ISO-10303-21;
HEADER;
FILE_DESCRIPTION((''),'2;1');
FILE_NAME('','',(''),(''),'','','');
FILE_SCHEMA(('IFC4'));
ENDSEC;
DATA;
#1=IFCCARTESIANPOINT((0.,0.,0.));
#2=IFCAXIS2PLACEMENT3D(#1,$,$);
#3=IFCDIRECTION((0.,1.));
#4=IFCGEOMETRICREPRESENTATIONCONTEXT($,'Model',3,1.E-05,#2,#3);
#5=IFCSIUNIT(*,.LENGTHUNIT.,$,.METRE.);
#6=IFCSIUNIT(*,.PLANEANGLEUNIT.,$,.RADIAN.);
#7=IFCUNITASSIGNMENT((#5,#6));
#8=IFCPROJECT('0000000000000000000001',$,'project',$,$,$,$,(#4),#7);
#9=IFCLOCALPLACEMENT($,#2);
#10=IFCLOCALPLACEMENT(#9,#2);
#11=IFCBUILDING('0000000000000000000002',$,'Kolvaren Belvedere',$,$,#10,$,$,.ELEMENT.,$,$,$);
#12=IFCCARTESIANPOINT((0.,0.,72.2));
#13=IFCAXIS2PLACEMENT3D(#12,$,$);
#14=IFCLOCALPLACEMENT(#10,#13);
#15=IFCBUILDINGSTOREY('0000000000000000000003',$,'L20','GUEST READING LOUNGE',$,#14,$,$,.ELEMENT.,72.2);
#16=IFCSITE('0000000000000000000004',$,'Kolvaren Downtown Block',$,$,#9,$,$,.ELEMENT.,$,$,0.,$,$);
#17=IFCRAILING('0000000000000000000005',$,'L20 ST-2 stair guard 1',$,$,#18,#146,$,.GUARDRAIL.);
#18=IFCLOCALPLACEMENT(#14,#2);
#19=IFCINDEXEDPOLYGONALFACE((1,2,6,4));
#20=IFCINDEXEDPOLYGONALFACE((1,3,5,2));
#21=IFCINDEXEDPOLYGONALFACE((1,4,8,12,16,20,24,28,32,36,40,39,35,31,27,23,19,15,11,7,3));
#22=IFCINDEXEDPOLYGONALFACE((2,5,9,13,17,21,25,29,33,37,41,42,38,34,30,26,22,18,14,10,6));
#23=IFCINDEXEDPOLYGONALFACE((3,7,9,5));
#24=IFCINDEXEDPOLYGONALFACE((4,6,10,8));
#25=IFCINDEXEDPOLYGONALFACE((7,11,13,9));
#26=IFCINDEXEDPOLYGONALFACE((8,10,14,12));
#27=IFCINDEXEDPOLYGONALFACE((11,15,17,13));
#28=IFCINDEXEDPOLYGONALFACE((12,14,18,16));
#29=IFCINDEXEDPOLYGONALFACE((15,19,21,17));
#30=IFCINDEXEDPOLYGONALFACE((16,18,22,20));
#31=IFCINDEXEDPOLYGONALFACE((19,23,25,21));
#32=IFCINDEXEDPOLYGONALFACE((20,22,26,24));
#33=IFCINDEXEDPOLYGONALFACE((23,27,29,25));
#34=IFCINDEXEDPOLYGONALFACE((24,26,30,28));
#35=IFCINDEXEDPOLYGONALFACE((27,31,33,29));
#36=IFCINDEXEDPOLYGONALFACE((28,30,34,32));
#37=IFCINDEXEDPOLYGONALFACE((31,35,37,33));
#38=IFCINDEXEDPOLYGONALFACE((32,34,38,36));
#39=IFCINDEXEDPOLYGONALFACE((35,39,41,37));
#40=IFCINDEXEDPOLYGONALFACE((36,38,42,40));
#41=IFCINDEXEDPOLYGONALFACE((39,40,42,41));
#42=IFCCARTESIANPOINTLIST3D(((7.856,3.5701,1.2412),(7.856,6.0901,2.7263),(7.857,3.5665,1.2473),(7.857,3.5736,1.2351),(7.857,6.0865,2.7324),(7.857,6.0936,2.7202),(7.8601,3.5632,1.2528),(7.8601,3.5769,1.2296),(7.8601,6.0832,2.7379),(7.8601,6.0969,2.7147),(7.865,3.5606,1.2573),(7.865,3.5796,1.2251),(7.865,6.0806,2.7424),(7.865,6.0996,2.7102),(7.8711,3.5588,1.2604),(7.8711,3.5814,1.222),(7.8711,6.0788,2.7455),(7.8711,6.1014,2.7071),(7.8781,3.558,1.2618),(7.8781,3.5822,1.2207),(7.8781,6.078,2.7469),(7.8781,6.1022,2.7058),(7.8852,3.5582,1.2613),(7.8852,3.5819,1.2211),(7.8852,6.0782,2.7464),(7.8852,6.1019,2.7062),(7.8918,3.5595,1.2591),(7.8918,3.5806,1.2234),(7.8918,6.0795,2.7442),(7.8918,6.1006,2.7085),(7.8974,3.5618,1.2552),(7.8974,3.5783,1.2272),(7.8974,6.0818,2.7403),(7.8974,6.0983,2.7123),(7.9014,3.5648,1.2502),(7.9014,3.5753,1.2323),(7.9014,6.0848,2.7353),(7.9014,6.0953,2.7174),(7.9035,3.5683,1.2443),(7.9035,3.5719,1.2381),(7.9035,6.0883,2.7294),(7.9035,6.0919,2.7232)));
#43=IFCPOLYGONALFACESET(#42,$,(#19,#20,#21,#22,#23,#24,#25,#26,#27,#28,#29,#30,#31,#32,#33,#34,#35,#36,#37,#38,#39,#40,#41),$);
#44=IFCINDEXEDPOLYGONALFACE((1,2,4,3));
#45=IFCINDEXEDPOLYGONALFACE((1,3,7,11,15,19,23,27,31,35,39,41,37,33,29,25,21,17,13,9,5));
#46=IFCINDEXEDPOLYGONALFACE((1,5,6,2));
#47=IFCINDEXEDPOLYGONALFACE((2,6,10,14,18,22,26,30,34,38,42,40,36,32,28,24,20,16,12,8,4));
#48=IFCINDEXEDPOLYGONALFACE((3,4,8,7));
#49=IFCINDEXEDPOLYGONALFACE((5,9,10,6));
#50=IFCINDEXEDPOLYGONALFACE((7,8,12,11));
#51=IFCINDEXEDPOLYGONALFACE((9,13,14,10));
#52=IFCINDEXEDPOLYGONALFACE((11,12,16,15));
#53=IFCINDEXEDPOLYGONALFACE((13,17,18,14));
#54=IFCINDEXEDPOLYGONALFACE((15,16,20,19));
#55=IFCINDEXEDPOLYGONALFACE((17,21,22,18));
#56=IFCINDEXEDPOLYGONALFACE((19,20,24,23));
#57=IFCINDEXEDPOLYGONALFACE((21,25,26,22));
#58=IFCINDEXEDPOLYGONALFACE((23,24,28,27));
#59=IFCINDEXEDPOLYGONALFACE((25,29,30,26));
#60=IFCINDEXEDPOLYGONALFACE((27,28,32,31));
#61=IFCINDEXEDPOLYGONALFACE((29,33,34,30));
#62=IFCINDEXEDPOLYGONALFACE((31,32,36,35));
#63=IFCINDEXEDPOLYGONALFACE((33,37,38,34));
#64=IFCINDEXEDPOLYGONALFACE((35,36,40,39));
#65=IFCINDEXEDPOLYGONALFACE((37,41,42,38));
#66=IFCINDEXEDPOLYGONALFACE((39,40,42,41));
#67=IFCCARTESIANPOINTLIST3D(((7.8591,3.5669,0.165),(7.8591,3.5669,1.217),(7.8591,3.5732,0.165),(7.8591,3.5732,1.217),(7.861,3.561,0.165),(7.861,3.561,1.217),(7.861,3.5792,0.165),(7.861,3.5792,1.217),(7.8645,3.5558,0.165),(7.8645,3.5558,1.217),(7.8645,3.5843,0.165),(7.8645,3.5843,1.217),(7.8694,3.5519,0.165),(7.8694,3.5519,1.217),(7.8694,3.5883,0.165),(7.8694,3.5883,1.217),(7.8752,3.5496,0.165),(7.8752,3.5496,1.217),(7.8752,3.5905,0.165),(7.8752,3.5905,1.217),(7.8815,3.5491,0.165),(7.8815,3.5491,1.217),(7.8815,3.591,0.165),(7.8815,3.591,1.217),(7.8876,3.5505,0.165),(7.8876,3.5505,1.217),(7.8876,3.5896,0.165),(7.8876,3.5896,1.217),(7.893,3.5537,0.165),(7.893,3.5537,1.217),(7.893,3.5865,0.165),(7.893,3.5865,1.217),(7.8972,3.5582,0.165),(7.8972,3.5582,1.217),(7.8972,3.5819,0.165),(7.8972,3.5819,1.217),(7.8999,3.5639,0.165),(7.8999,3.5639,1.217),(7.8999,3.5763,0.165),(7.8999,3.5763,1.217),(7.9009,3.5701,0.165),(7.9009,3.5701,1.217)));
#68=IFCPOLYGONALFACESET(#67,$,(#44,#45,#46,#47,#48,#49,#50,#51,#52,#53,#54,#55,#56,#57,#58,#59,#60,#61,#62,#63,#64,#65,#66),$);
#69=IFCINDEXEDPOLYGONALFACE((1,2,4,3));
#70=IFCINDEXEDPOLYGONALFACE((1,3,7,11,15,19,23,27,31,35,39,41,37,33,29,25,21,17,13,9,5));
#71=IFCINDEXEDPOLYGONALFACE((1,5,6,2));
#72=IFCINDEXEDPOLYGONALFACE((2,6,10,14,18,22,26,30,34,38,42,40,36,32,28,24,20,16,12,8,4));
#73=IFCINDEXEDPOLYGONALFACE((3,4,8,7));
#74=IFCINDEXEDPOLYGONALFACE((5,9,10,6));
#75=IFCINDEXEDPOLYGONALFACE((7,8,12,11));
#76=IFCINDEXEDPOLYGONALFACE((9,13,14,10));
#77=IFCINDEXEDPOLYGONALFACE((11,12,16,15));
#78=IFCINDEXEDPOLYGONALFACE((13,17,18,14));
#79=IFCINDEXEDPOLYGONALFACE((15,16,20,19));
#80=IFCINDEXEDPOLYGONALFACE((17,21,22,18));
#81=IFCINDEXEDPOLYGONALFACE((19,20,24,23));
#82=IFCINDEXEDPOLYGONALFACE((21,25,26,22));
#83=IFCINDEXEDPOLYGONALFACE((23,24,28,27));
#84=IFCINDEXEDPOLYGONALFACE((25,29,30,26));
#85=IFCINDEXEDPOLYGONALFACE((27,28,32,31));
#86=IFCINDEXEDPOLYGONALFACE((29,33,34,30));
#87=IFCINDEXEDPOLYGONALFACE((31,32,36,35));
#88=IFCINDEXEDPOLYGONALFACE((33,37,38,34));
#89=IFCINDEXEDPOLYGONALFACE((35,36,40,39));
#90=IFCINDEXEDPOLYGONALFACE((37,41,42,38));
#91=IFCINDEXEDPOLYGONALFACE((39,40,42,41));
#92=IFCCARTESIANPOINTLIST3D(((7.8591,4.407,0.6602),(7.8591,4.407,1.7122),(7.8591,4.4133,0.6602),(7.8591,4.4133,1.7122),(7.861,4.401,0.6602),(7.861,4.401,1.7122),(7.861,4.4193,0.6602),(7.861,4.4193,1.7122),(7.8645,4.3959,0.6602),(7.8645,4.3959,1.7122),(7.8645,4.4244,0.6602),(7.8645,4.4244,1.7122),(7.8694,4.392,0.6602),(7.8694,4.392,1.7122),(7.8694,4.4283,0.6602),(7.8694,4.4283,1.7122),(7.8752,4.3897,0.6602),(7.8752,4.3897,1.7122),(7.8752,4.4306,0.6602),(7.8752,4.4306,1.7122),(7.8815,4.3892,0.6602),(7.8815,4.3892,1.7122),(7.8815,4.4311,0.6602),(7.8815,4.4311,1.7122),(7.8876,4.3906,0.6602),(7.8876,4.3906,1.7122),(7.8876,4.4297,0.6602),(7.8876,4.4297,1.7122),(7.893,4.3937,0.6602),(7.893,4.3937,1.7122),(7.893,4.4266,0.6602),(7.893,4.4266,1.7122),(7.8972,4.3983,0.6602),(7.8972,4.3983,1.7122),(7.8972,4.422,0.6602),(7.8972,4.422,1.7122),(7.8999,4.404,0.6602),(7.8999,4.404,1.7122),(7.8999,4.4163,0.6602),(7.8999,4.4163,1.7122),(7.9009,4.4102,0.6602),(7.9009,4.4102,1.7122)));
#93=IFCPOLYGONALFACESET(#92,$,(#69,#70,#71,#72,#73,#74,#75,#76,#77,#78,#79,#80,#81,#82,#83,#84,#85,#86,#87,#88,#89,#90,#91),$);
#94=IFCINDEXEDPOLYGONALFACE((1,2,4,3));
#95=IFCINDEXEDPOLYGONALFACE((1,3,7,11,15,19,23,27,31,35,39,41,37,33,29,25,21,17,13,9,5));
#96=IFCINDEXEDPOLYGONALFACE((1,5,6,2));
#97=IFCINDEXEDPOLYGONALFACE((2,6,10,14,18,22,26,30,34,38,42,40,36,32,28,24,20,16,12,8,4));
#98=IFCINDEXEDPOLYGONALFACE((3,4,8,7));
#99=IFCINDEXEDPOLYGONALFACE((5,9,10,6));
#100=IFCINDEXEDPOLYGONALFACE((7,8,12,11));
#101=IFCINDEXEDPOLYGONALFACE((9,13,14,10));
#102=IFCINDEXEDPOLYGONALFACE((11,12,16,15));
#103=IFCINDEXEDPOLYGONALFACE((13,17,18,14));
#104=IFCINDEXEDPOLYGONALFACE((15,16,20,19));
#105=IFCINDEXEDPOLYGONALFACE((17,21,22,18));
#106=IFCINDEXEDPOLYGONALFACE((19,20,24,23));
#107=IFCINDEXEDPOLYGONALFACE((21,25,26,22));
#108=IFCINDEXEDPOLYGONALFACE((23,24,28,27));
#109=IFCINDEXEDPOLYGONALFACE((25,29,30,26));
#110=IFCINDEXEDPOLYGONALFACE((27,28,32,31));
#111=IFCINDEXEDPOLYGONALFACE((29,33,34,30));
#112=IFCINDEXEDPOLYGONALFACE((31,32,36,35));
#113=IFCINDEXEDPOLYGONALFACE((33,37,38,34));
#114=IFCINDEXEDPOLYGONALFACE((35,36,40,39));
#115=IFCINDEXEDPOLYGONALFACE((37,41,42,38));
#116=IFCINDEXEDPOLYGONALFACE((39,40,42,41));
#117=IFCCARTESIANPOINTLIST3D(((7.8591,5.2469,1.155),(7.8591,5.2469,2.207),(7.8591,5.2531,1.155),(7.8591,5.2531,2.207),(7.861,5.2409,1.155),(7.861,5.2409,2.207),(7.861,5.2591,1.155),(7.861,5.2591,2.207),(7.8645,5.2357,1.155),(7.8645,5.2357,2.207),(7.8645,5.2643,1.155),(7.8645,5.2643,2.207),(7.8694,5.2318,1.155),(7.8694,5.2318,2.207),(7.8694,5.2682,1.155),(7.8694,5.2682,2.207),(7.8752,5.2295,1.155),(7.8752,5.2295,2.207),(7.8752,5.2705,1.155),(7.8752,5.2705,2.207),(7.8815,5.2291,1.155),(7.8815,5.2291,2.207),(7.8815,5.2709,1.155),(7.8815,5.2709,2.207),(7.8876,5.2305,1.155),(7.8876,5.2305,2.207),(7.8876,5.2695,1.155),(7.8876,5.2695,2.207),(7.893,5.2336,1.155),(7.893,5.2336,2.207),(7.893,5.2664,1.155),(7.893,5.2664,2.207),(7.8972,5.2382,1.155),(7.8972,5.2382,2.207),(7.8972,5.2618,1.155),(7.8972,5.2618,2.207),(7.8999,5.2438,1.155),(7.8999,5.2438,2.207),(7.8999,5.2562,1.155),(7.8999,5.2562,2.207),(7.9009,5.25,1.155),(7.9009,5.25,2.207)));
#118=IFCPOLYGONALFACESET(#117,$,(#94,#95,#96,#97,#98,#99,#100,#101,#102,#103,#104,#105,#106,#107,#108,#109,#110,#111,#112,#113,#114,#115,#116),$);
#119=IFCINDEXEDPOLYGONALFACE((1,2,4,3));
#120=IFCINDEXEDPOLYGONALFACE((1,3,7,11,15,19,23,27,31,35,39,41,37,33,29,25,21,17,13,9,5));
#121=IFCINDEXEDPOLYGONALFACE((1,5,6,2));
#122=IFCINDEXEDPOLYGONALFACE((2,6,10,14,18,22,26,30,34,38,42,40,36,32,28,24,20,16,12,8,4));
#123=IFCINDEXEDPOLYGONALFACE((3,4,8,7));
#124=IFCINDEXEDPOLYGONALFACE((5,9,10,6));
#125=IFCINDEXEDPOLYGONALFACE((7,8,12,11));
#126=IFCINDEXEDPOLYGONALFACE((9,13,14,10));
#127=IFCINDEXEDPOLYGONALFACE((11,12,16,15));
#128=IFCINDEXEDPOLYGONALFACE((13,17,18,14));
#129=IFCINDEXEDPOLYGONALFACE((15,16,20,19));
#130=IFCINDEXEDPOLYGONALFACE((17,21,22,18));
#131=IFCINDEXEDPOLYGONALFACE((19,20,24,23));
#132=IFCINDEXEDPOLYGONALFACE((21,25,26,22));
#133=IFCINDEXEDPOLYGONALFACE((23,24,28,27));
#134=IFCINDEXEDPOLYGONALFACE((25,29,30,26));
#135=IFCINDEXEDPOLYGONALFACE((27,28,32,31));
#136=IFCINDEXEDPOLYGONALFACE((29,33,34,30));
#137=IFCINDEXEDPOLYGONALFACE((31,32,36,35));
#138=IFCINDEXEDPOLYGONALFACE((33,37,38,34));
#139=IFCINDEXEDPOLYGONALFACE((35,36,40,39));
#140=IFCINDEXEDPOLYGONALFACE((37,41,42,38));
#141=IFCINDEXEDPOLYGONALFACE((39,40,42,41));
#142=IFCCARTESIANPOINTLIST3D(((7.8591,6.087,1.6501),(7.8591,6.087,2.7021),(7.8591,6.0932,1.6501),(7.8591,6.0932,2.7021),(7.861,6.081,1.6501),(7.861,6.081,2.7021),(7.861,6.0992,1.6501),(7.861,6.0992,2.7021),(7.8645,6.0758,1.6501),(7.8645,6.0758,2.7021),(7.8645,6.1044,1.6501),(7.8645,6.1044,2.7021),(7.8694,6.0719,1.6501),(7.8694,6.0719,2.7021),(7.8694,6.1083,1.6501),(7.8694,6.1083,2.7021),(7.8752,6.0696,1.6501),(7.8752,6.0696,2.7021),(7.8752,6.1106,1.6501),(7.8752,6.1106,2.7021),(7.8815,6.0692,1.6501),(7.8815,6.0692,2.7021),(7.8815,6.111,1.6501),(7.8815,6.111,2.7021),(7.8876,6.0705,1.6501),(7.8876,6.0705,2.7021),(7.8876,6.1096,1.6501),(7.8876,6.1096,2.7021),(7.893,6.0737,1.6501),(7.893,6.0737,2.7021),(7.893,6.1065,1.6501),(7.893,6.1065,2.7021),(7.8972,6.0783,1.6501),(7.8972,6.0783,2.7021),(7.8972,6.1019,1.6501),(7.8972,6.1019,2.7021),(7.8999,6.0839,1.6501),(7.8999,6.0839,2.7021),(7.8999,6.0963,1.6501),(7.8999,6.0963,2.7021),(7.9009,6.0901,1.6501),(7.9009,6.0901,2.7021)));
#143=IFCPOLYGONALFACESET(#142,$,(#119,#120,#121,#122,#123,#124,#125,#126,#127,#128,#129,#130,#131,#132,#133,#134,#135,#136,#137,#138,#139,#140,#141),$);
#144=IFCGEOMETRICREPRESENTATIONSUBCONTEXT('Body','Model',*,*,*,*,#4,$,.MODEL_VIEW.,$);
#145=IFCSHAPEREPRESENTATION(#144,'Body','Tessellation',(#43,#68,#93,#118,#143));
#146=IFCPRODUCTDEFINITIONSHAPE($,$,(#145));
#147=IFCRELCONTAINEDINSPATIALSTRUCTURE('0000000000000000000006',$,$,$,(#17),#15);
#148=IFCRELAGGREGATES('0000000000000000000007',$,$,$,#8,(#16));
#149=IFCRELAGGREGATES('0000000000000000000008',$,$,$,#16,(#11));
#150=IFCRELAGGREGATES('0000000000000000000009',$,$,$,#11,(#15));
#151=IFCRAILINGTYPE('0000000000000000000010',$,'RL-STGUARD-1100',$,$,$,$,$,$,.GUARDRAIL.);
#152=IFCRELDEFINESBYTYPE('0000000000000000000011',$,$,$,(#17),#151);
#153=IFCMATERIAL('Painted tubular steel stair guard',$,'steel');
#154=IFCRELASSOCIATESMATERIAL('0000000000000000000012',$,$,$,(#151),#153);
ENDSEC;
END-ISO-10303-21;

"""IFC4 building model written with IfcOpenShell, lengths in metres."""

from ifc_helpers import new_model, si_unit, direction, frame, origin, origin_2d, place, context, subcontext, project, spatial, circle, extrude, material, type_object, element, save


model = new_model("IFC4")

# Units and contexts
model_context = context("Model", 3, precision=1e-05, world=origin(), true_north=direction((0.0, 1.0)))
body_context = subcontext(model_context, "Body", "Model", "MODEL_VIEW")
ifc_project = project(units=[si_unit("LENGTHUNIT", "METRE"), si_unit("PLANEANGLEUNIT", "RADIAN")], contexts=[model_context])

# Site, building, storey
site_placement = place(None, origin())
site = spatial("IfcSite", under=ifc_project, at=site_placement, Name="Kolvaren Downtown Block", CompositionType="ELEMENT", RefElevation=0.0)
building_placement = place(site_placement, origin())
building = spatial("IfcBuilding", under=site, at=building_placement, Name="Kolvaren Belvedere", CompositionType="ELEMENT")
storey_placement = place(building_placement, frame((0.0, 0.0, 72.2)))
storey = spatial("IfcBuildingStorey", under=building, at=storey_placement, Name="L20", Description="GUEST READING LOUNGE", CompositionType="ELEMENT", Elevation=72.2)

# Railing
ifc_material_1 = material(Name="Painted tubular steel stair guard", Category="steel")
railing_type_1 = type_object("IfcRailingType", Name="RL-STGUARD-1100", PredefinedType="GUARDRAIL", material=ifc_material_1)
railing_1_placement = place(storey_placement, frame((7.8799, 3.5701, 0.165)))
element("IfcRailing", 1, at=railing_1_placement, inside=storey, type_object=railing_type_1, Name="L20 ST-2 stair guard 1", PredefinedType="GUARDRAIL", context=body_context, shape_type="SweptSolid", body=[
    extrude(circle(Radius=0.0239, at=origin_2d()), frame((0.0, 0.0, 1.0762), z_axis=(0.0, 0.861524, 0.507717), x_axis=(-1.0, 0.0, 0.0)), (0.0, 0.0, 1.0), 2.925),
    extrude(circle(Radius=0.021, at=origin_2d()), origin(), (0.0, 0.0, 1.0), 1.052),
    extrude(circle(Radius=0.021, at=origin_2d()), frame((0.0, 0.8401, 0.4951)), (0.0, 0.0, 1.0), 1.052),
    extrude(circle(Radius=0.021, at=origin_2d()), frame((0.0, 1.6799, 0.99)), (0.0, 0.0, 1.0), 1.052),
    extrude(circle(Radius=0.021, at=origin_2d()), frame((0.0, 2.52, 1.4851)), (0.0, 0.0, 1.0), 1.052),
])

save(model, "model.ifc")
